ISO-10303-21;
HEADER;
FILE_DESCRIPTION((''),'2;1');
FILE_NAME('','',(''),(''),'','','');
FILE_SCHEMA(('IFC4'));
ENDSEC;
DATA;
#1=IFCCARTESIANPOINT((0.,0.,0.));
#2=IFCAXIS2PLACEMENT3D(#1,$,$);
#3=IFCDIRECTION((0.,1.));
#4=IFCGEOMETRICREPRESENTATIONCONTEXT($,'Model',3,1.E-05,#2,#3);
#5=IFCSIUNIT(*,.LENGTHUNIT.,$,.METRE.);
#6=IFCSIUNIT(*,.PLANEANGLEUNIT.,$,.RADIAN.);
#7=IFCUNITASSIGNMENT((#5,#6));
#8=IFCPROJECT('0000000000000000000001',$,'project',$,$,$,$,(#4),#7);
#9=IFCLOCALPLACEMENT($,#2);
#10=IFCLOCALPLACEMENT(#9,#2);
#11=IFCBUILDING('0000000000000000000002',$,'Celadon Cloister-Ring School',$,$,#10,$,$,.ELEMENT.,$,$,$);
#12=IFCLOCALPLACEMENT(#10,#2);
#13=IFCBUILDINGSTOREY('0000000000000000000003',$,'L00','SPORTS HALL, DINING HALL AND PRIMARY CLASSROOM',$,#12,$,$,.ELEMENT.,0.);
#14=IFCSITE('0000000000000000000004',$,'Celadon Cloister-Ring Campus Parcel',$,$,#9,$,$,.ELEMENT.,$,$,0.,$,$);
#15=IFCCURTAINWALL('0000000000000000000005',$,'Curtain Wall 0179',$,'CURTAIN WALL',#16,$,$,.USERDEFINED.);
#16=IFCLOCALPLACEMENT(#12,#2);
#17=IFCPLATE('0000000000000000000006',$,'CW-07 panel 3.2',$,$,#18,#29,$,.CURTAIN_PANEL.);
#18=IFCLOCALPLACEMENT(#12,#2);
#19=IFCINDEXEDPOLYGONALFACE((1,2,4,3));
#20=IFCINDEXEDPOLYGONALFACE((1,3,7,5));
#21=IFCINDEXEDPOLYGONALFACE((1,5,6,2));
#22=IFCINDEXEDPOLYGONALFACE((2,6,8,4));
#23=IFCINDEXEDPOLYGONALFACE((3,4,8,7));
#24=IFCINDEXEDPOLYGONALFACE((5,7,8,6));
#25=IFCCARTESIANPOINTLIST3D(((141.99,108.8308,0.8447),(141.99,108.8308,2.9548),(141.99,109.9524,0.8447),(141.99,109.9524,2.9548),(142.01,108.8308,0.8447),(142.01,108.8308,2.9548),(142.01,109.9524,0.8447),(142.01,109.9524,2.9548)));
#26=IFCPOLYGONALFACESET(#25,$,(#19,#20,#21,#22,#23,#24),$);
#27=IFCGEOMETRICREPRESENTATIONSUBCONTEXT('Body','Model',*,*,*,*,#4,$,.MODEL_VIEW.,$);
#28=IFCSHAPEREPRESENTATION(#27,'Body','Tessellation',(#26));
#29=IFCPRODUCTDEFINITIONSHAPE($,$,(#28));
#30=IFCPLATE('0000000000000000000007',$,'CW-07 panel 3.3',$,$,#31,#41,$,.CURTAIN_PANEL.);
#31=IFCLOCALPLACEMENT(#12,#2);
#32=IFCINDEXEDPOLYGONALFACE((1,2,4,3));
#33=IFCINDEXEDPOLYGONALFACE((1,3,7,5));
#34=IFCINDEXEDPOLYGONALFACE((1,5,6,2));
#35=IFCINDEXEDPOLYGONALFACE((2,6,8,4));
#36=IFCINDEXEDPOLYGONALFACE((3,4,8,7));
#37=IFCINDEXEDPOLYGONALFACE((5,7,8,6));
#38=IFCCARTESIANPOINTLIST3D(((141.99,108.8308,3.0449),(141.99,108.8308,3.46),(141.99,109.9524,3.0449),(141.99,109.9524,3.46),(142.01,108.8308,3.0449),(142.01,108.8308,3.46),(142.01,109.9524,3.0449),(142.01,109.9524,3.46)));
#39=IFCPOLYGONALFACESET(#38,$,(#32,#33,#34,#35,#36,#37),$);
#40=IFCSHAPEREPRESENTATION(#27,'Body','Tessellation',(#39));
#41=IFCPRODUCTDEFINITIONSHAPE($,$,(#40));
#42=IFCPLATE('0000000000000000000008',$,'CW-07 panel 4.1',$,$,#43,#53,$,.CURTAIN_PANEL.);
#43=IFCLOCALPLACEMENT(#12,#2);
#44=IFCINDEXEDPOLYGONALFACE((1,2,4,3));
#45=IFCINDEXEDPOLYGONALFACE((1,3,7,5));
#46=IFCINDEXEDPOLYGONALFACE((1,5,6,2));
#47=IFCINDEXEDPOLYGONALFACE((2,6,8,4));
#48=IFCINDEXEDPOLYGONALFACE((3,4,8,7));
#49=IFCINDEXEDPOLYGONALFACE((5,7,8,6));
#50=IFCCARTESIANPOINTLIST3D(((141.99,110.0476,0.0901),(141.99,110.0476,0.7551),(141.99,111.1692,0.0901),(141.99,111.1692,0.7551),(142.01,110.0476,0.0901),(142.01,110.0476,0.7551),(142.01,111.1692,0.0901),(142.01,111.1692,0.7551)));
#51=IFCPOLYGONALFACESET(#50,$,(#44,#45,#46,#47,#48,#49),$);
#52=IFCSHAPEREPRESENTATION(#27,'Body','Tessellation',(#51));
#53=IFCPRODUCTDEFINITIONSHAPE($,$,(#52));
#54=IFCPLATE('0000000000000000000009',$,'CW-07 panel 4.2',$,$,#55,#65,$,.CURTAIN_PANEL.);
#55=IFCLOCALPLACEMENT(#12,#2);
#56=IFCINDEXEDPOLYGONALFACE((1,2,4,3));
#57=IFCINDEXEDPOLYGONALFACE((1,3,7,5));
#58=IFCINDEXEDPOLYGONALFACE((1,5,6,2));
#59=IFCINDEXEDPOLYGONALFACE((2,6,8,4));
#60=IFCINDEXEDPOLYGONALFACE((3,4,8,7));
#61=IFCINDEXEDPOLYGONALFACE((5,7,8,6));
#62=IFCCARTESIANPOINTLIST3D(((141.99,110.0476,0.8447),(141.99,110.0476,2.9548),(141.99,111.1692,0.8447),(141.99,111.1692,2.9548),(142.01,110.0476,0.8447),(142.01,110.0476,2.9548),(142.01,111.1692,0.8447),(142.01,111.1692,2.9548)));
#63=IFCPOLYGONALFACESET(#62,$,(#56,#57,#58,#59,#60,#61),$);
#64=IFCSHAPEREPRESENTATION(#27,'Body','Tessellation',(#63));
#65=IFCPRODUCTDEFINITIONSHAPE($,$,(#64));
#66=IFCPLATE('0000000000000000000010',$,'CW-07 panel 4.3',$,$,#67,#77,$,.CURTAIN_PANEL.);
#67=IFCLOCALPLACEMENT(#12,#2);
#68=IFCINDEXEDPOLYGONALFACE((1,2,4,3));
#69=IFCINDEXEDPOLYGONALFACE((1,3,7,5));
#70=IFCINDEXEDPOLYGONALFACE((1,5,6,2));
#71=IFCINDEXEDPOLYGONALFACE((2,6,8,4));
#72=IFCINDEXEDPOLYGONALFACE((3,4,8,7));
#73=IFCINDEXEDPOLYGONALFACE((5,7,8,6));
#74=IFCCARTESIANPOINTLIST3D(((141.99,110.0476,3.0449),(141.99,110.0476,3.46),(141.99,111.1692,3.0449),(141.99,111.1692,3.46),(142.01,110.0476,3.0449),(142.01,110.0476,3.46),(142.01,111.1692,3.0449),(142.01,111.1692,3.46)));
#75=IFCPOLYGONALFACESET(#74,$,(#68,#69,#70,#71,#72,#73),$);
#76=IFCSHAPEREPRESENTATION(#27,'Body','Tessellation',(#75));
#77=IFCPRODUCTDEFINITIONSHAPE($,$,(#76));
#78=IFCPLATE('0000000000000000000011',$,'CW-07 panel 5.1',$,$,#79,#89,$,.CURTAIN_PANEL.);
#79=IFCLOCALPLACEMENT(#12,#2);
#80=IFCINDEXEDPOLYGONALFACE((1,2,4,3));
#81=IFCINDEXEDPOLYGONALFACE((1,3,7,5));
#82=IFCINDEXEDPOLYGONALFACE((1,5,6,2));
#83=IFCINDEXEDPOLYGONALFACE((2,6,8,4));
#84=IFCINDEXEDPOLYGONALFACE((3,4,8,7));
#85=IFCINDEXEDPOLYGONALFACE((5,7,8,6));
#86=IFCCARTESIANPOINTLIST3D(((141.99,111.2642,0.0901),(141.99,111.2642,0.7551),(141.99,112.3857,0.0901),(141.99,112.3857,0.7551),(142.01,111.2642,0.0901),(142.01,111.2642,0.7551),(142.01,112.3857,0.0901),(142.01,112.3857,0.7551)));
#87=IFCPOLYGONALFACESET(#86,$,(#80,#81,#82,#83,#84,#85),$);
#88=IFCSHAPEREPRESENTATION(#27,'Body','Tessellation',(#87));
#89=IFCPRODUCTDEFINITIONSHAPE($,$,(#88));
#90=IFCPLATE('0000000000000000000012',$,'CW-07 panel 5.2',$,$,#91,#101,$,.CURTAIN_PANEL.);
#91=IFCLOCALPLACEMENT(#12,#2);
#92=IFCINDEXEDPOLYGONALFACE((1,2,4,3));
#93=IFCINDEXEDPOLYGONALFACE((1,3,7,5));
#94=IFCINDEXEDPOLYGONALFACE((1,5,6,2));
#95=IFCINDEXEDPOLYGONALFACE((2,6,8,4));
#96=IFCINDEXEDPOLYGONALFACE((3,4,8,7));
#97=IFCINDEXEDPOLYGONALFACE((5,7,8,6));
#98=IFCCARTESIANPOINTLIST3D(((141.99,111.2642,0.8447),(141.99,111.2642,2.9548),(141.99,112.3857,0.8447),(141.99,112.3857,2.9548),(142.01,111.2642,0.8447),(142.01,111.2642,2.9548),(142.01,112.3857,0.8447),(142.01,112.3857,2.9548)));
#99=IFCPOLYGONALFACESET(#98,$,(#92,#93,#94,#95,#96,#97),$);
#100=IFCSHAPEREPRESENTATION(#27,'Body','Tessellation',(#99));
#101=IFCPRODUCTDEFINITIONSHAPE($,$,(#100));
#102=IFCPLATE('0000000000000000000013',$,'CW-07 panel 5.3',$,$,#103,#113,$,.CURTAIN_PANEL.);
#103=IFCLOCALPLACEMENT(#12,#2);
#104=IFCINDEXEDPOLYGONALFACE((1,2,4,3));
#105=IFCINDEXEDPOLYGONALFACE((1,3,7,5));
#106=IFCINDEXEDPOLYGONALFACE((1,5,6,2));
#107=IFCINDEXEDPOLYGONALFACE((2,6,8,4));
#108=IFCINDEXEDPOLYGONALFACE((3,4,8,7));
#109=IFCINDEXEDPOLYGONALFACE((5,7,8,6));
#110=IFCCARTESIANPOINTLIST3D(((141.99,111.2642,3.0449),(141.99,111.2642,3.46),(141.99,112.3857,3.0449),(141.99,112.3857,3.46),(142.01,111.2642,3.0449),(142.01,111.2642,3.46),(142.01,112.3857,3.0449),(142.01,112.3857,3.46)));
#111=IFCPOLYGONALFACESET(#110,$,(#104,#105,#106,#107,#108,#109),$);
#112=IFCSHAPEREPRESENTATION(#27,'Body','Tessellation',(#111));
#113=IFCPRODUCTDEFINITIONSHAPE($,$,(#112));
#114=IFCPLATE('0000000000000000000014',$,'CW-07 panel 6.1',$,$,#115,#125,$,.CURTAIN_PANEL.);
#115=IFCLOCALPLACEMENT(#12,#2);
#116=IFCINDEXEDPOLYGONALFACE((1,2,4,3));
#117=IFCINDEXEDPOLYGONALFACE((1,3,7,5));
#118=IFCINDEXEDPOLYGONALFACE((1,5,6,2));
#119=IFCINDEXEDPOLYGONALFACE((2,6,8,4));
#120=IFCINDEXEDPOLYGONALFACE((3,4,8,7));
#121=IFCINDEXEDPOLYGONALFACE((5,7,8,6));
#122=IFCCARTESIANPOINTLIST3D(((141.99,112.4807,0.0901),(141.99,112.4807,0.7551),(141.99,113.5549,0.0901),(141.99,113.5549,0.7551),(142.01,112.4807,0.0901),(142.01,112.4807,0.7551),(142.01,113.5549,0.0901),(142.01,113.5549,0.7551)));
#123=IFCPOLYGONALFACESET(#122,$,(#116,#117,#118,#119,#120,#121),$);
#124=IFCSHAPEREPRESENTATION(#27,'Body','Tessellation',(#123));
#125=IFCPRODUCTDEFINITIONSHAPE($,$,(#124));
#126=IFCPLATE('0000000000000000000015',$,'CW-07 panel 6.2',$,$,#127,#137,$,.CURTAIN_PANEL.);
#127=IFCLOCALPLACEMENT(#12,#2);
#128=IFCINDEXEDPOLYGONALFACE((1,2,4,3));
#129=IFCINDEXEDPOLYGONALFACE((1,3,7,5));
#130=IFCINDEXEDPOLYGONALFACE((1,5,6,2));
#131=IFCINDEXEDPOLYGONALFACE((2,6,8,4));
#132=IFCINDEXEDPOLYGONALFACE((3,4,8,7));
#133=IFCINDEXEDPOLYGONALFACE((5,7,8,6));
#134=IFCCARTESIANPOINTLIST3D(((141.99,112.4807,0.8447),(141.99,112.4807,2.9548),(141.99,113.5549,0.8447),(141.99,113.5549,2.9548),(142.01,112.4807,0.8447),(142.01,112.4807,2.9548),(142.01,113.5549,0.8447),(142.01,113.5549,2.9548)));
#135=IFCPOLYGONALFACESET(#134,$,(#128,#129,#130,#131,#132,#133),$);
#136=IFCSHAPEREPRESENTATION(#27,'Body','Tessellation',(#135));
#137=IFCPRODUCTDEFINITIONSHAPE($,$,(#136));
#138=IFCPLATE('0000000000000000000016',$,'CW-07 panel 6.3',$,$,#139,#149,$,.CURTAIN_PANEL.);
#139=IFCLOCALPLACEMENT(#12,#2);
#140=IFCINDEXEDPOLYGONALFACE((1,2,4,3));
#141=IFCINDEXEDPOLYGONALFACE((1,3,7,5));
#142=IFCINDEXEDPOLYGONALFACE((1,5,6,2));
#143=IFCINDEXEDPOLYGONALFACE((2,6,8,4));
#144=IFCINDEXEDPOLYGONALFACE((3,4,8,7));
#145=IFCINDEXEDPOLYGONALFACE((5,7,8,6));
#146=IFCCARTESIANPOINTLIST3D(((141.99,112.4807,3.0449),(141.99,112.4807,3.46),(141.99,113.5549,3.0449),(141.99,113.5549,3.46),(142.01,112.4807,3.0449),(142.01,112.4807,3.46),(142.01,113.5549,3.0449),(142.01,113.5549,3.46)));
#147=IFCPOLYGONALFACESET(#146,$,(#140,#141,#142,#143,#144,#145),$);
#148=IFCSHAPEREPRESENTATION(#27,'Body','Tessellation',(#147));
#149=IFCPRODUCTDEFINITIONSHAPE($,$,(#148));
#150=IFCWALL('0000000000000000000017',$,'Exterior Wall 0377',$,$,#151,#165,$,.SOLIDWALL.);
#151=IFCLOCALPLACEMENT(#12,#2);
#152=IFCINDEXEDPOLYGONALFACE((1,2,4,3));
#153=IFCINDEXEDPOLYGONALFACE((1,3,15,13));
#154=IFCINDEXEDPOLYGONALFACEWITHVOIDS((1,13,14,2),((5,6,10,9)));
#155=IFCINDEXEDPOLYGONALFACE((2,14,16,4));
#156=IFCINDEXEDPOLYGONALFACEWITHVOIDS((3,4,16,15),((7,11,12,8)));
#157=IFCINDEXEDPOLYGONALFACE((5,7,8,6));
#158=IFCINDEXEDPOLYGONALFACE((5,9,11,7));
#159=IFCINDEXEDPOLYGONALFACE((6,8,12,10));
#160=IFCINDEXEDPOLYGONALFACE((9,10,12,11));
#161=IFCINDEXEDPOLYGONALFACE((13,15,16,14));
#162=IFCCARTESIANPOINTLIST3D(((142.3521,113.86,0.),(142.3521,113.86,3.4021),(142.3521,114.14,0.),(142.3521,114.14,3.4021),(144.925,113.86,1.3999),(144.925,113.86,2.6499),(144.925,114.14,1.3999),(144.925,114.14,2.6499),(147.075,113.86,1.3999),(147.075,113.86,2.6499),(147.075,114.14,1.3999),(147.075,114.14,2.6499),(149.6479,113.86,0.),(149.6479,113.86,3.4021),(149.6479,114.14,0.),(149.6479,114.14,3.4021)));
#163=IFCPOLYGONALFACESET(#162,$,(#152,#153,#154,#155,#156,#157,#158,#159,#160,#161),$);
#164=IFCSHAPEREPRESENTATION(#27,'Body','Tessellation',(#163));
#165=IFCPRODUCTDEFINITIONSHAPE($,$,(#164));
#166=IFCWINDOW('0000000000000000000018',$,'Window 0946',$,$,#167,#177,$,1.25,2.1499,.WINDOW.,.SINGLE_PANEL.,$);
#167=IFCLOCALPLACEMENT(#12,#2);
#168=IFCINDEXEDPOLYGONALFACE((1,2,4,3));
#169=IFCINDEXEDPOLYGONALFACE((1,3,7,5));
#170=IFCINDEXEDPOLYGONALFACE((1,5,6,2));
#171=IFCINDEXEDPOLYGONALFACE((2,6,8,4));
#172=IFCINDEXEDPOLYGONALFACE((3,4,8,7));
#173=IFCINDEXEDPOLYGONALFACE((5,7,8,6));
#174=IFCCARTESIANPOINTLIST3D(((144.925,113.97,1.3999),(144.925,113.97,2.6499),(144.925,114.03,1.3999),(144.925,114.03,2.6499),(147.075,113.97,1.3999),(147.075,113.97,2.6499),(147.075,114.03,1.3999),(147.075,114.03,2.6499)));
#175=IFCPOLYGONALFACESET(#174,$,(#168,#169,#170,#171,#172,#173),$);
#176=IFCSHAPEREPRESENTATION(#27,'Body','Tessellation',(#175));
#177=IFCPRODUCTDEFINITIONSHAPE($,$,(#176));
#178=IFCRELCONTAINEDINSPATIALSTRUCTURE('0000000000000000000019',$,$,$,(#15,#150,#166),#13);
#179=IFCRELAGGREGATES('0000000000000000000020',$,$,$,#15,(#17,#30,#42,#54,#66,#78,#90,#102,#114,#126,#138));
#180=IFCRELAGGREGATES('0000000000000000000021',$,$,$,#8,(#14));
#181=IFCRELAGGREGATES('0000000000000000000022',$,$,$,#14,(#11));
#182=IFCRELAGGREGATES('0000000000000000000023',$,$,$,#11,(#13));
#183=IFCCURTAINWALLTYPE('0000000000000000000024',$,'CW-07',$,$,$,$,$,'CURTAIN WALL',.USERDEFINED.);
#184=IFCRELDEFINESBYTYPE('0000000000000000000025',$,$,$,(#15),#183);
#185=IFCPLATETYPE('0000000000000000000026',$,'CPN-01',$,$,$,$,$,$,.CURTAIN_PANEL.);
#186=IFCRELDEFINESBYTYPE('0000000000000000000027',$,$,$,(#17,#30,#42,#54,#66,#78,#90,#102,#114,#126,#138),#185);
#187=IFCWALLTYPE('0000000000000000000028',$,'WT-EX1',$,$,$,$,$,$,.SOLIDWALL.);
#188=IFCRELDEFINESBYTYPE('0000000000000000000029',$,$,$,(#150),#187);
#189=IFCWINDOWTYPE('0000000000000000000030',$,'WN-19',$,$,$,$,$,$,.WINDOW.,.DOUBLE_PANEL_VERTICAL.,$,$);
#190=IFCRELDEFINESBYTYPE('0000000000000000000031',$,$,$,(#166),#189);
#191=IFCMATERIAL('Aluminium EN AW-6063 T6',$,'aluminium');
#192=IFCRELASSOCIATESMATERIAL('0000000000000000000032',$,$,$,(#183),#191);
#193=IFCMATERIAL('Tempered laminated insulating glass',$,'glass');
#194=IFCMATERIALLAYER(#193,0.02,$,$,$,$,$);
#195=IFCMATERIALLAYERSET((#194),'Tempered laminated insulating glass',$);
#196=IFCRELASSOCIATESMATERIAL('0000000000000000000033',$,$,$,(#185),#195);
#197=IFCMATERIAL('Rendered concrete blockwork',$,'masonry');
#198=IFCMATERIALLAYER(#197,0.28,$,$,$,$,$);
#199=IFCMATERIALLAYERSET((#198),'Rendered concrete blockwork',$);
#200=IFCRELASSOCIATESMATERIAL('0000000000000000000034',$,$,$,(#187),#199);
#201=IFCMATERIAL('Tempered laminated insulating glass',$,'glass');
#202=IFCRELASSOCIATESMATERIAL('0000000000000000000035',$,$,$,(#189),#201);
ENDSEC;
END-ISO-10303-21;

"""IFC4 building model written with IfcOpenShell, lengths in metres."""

from ifc_helpers import new_model, si_unit, direction, frame, frame_2d, origin, origin_2d, place, context, subcontext, project, spatial, rectangle, extrude, material, layer, layer_set, type_object, element, fill, aggregate, save


model = new_model("IFC4")

# Units and contexts
model_context = context("Model", 3, precision=1e-05, world=origin(), true_north=direction((0.0, 1.0)))
body_context = subcontext(model_context, "Body", "Model", "MODEL_VIEW")
ifc_project = project(units=[si_unit("LENGTHUNIT", "METRE"), si_unit("PLANEANGLEUNIT", "RADIAN")], contexts=[model_context])

# Site, building, storey
site_placement = place(None, origin())
site = spatial("IfcSite", under=ifc_project, at=site_placement, Name="Celadon Cloister-Ring Campus Parcel", CompositionType="ELEMENT", RefElevation=0.0)
building_placement = place(site_placement, origin())
building = spatial("IfcBuilding", under=site, at=building_placement, Name="Celadon Cloister-Ring School", CompositionType="ELEMENT")
storey_placement = place(building_placement, origin())
storey = spatial("IfcBuildingStorey", under=building, at=storey_placement, Name="L00", Description="SPORTS HALL, DINING HALL AND PRIMARY CLASSROOM", CompositionType="ELEMENT", Elevation=0.0)

# Curtain wall
ifc_material_1 = material(Name="Aluminium EN AW-6063 T6", Category="aluminium")
curtain_wall_type = type_object("IfcCurtainWallType", Name="CW-07", ElementType="CURTAIN WALL", PredefinedType="USERDEFINED", material=ifc_material_1)
curtain_wall_placement = place(storey_placement, origin())
curtain_wall = element("IfcCurtainWall", 1, at=curtain_wall_placement, inside=storey, type_object=curtain_wall_type, Name="Curtain Wall 0179", ObjectType="CURTAIN WALL", PredefinedType="USERDEFINED")

# Plates
ifc_material_2 = material(Name="Tempered laminated insulating glass", Category="glass")
ifc_layer_1 = layer(ifc_material_2, 0.02)
ifc_layer_set_1 = layer_set([ifc_layer_1], Name="Tempered laminated insulating glass")
plate_type = type_object("IfcPlateType", Name="CPN-01", PredefinedType="CURTAIN_PANEL", material=ifc_layer_set_1)
plate_1_placement = place(storey_placement, frame((142.0, 109.3916, 0.8447), z_axis=(0.0, 0.0, 1.0), x_axis=(0.0, 1.0, 0.0)))
plate_1 = element("IfcPlate", 2, at=plate_1_placement, type_object=plate_type, Name="CW-07 panel 3.2", PredefinedType="CURTAIN_PANEL", context=body_context, shape_type="SweptSolid", body=[
    extrude(rectangle(XDim=1.1216, YDim=0.02, at=origin_2d()), origin(), (0.0, 0.0, 1.0), 2.1101),
])
plate_2_placement = place(storey_placement, frame((142.0, 109.3916, 3.0449), z_axis=(0.0, 0.0, 1.0), x_axis=(0.0, 1.0, 0.0)))
plate_2 = element("IfcPlate", 3, at=plate_2_placement, type_object=plate_type, Name="CW-07 panel 3.3", PredefinedType="CURTAIN_PANEL", context=body_context, shape_type="SweptSolid", body=[
    extrude(rectangle(XDim=1.1216, YDim=0.02, at=origin_2d()), origin(), (0.0, 0.0, 1.0), 0.415),
])
plate_3_placement = place(storey_placement, frame((142.0, 110.6084, 0.0901), z_axis=(0.0, 0.0, 1.0), x_axis=(0.0, 1.0, 0.0)))
plate_3 = element("IfcPlate", 4, at=plate_3_placement, type_object=plate_type, Name="CW-07 panel 4.1", PredefinedType="CURTAIN_PANEL", context=body_context, shape_type="SweptSolid", body=[
    extrude(rectangle(XDim=1.1216, YDim=0.02, at=origin_2d()), origin(), (0.0, 0.0, 1.0), 0.665),
])
plate_4_placement = place(storey_placement, frame((142.0, 110.6084, 0.8447), z_axis=(0.0, 0.0, 1.0), x_axis=(0.0, 1.0, 0.0)))
plate_4 = element("IfcPlate", 5, at=plate_4_placement, type_object=plate_type, Name="CW-07 panel 4.2", PredefinedType="CURTAIN_PANEL", context=body_context, shape_type="SweptSolid", body=[
    extrude(rectangle(XDim=1.1216, YDim=0.02, at=origin_2d()), origin(), (0.0, 0.0, 1.0), 2.1101),
])
plate_5_placement = place(storey_placement, frame((142.0, 110.6084, 3.0449), z_axis=(0.0, 0.0, 1.0), x_axis=(0.0, 1.0, 0.0)))
plate_5 = element("IfcPlate", 6, at=plate_5_placement, type_object=plate_type, Name="CW-07 panel 4.3", PredefinedType="CURTAIN_PANEL", context=body_context, shape_type="SweptSolid", body=[
    extrude(rectangle(XDim=1.1216, YDim=0.02, at=origin_2d()), origin(), (0.0, 0.0, 1.0), 0.415),
])
plate_6_placement = place(storey_placement, frame((142.0, 111.825, 0.0901), z_axis=(0.0, 0.0, 1.0), x_axis=(0.0, 1.0, 0.0)))
plate_6 = element("IfcPlate", 7, at=plate_6_placement, type_object=plate_type, Name="CW-07 panel 5.1", PredefinedType="CURTAIN_PANEL", context=body_context, shape_type="SweptSolid", body=[
    extrude(rectangle(XDim=1.1216, YDim=0.02, at=origin_2d()), origin(), (0.0, 0.0, 1.0), 0.665),
])
plate_7_placement = place(storey_placement, frame((142.0, 111.825, 0.8447), z_axis=(0.0, 0.0, 1.0), x_axis=(0.0, 1.0, 0.0)))
plate_7 = element("IfcPlate", 8, at=plate_7_placement, type_object=plate_type, Name="CW-07 panel 5.2", PredefinedType="CURTAIN_PANEL", context=body_context, shape_type="SweptSolid", body=[
    extrude(rectangle(XDim=1.1216, YDim=0.02, at=origin_2d()), origin(), (0.0, 0.0, 1.0), 2.1101),
])
plate_8_placement = place(storey_placement, frame((142.0, 111.825, 3.0449), z_axis=(0.0, 0.0, 1.0), x_axis=(0.0, 1.0, 0.0)))
plate_8 = element("IfcPlate", 9, at=plate_8_placement, type_object=plate_type, Name="CW-07 panel 5.3", PredefinedType="CURTAIN_PANEL", context=body_context, shape_type="SweptSolid", body=[
    extrude(rectangle(XDim=1.1216, YDim=0.02, at=origin_2d()), origin(), (0.0, 0.0, 1.0), 0.415),
])
plate_9_placement = place(storey_placement, frame((142.0, 113.0178, 0.0901), z_axis=(0.0, 0.0, 1.0), x_axis=(0.0, 1.0, 0.0)))
plate_9 = element("IfcPlate", 10, at=plate_9_placement, type_object=plate_type, Name="CW-07 panel 6.1", PredefinedType="CURTAIN_PANEL", context=body_context, shape_type="SweptSolid", body=[
    extrude(rectangle(XDim=1.0742, YDim=0.02, at=origin_2d()), origin(), (0.0, 0.0, 1.0), 0.665),
])
plate_10_placement = place(storey_placement, frame((142.0, 113.0178, 0.8447), z_axis=(0.0, 0.0, 1.0), x_axis=(0.0, 1.0, 0.0)))
plate_10 = element("IfcPlate", 11, at=plate_10_placement, type_object=plate_type, Name="CW-07 panel 6.2", PredefinedType="CURTAIN_PANEL", context=body_context, shape_type="SweptSolid", body=[
    extrude(rectangle(XDim=1.0742, YDim=0.02, at=origin_2d()), origin(), (0.0, 0.0, 1.0), 2.1101),
])
plate_11_placement = place(storey_placement, frame((142.0, 113.0178, 3.0449), z_axis=(0.0, 0.0, 1.0), x_axis=(0.0, 1.0, 0.0)))
plate_11 = element("IfcPlate", 12, at=plate_11_placement, type_object=plate_type, Name="CW-07 panel 6.3", PredefinedType="CURTAIN_PANEL", context=body_context, shape_type="SweptSolid", body=[
    extrude(rectangle(XDim=1.0742, YDim=0.02, at=origin_2d()), origin(), (0.0, 0.0, 1.0), 0.415),
])
aggregate(curtain_wall, [plate_1, plate_2, plate_3, plate_4, plate_5, plate_6, plate_7, plate_8, plate_9, plate_10, plate_11])

# Wall, opening, window
ifc_material_3 = material(Name="Rendered concrete blockwork", Category="masonry")
ifc_layer_2 = layer(ifc_material_3, 0.28)
ifc_layer_set_2 = layer_set([ifc_layer_2], Name="Rendered concrete blockwork")
wall_type = type_object("IfcWallType", Name="WT-EX1", PredefinedType="SOLIDWALL", material=ifc_layer_set_2)
wall_placement = place(storey_placement, frame((142.3521, 114.0, 0.0), z_axis=(0.0, 0.0, 1.0), x_axis=(1.0, 0.0, 0.0)))
wall = element("IfcWall", 13, at=wall_placement, inside=storey, type_object=wall_type, Name="Exterior Wall 0377", PredefinedType="SOLIDWALL", context=body_context, shape_type="SweptSolid", body=[
    extrude(rectangle(XDim=7.2959, YDim=0.28, at=frame_2d((3.6479, 0.0))), origin(), (0.0, 0.0, 1.0), 3.4021),
])
opening_placement = place(wall_placement, frame((2.573, 0.0, 1.3999)))
opening = element("IfcOpeningElement", 14, at=opening_placement, cuts=wall, PredefinedType="OPENING", context=body_context, shape_type="SweptSolid", body=[
    extrude(rectangle(XDim=2.1499, YDim=1.25, at=frame_2d((1.075, 0.625))), frame((0.0, 0.1499, 0.0), z_axis=(0.0, -1.0, 0.0), x_axis=(1.0, 0.0, 0.0)), (0.0, 0.0, 1.0), 0.3),
])
ifc_material_4 = material(Name="Tempered laminated insulating glass", Category="glass")
window_type = type_object("IfcWindowType", Name="WN-19", PartitioningType="DOUBLE_PANEL_VERTICAL", PredefinedType="WINDOW", material=ifc_material_4)
window_placement = place(opening_placement, origin())
window = element("IfcWindow", 15, at=window_placement, inside=storey, type_object=window_type, Name="Window 0946", OverallHeight=1.25, OverallWidth=2.1499, PartitioningType="SINGLE_PANEL", PredefinedType="WINDOW", context=body_context, shape_type="SweptSolid", body=[
    extrude(rectangle(XDim=2.1499, YDim=1.25, at=frame_2d((1.075, 0.625))), frame((0.0, 0.03, 0.0), z_axis=(0.0, -1.0, 0.0), x_axis=(1.0, 0.0, 0.0)), (0.0, 0.0, 1.0), 0.0601),
])
fill(opening, window)

save(model, "model.ifc")
